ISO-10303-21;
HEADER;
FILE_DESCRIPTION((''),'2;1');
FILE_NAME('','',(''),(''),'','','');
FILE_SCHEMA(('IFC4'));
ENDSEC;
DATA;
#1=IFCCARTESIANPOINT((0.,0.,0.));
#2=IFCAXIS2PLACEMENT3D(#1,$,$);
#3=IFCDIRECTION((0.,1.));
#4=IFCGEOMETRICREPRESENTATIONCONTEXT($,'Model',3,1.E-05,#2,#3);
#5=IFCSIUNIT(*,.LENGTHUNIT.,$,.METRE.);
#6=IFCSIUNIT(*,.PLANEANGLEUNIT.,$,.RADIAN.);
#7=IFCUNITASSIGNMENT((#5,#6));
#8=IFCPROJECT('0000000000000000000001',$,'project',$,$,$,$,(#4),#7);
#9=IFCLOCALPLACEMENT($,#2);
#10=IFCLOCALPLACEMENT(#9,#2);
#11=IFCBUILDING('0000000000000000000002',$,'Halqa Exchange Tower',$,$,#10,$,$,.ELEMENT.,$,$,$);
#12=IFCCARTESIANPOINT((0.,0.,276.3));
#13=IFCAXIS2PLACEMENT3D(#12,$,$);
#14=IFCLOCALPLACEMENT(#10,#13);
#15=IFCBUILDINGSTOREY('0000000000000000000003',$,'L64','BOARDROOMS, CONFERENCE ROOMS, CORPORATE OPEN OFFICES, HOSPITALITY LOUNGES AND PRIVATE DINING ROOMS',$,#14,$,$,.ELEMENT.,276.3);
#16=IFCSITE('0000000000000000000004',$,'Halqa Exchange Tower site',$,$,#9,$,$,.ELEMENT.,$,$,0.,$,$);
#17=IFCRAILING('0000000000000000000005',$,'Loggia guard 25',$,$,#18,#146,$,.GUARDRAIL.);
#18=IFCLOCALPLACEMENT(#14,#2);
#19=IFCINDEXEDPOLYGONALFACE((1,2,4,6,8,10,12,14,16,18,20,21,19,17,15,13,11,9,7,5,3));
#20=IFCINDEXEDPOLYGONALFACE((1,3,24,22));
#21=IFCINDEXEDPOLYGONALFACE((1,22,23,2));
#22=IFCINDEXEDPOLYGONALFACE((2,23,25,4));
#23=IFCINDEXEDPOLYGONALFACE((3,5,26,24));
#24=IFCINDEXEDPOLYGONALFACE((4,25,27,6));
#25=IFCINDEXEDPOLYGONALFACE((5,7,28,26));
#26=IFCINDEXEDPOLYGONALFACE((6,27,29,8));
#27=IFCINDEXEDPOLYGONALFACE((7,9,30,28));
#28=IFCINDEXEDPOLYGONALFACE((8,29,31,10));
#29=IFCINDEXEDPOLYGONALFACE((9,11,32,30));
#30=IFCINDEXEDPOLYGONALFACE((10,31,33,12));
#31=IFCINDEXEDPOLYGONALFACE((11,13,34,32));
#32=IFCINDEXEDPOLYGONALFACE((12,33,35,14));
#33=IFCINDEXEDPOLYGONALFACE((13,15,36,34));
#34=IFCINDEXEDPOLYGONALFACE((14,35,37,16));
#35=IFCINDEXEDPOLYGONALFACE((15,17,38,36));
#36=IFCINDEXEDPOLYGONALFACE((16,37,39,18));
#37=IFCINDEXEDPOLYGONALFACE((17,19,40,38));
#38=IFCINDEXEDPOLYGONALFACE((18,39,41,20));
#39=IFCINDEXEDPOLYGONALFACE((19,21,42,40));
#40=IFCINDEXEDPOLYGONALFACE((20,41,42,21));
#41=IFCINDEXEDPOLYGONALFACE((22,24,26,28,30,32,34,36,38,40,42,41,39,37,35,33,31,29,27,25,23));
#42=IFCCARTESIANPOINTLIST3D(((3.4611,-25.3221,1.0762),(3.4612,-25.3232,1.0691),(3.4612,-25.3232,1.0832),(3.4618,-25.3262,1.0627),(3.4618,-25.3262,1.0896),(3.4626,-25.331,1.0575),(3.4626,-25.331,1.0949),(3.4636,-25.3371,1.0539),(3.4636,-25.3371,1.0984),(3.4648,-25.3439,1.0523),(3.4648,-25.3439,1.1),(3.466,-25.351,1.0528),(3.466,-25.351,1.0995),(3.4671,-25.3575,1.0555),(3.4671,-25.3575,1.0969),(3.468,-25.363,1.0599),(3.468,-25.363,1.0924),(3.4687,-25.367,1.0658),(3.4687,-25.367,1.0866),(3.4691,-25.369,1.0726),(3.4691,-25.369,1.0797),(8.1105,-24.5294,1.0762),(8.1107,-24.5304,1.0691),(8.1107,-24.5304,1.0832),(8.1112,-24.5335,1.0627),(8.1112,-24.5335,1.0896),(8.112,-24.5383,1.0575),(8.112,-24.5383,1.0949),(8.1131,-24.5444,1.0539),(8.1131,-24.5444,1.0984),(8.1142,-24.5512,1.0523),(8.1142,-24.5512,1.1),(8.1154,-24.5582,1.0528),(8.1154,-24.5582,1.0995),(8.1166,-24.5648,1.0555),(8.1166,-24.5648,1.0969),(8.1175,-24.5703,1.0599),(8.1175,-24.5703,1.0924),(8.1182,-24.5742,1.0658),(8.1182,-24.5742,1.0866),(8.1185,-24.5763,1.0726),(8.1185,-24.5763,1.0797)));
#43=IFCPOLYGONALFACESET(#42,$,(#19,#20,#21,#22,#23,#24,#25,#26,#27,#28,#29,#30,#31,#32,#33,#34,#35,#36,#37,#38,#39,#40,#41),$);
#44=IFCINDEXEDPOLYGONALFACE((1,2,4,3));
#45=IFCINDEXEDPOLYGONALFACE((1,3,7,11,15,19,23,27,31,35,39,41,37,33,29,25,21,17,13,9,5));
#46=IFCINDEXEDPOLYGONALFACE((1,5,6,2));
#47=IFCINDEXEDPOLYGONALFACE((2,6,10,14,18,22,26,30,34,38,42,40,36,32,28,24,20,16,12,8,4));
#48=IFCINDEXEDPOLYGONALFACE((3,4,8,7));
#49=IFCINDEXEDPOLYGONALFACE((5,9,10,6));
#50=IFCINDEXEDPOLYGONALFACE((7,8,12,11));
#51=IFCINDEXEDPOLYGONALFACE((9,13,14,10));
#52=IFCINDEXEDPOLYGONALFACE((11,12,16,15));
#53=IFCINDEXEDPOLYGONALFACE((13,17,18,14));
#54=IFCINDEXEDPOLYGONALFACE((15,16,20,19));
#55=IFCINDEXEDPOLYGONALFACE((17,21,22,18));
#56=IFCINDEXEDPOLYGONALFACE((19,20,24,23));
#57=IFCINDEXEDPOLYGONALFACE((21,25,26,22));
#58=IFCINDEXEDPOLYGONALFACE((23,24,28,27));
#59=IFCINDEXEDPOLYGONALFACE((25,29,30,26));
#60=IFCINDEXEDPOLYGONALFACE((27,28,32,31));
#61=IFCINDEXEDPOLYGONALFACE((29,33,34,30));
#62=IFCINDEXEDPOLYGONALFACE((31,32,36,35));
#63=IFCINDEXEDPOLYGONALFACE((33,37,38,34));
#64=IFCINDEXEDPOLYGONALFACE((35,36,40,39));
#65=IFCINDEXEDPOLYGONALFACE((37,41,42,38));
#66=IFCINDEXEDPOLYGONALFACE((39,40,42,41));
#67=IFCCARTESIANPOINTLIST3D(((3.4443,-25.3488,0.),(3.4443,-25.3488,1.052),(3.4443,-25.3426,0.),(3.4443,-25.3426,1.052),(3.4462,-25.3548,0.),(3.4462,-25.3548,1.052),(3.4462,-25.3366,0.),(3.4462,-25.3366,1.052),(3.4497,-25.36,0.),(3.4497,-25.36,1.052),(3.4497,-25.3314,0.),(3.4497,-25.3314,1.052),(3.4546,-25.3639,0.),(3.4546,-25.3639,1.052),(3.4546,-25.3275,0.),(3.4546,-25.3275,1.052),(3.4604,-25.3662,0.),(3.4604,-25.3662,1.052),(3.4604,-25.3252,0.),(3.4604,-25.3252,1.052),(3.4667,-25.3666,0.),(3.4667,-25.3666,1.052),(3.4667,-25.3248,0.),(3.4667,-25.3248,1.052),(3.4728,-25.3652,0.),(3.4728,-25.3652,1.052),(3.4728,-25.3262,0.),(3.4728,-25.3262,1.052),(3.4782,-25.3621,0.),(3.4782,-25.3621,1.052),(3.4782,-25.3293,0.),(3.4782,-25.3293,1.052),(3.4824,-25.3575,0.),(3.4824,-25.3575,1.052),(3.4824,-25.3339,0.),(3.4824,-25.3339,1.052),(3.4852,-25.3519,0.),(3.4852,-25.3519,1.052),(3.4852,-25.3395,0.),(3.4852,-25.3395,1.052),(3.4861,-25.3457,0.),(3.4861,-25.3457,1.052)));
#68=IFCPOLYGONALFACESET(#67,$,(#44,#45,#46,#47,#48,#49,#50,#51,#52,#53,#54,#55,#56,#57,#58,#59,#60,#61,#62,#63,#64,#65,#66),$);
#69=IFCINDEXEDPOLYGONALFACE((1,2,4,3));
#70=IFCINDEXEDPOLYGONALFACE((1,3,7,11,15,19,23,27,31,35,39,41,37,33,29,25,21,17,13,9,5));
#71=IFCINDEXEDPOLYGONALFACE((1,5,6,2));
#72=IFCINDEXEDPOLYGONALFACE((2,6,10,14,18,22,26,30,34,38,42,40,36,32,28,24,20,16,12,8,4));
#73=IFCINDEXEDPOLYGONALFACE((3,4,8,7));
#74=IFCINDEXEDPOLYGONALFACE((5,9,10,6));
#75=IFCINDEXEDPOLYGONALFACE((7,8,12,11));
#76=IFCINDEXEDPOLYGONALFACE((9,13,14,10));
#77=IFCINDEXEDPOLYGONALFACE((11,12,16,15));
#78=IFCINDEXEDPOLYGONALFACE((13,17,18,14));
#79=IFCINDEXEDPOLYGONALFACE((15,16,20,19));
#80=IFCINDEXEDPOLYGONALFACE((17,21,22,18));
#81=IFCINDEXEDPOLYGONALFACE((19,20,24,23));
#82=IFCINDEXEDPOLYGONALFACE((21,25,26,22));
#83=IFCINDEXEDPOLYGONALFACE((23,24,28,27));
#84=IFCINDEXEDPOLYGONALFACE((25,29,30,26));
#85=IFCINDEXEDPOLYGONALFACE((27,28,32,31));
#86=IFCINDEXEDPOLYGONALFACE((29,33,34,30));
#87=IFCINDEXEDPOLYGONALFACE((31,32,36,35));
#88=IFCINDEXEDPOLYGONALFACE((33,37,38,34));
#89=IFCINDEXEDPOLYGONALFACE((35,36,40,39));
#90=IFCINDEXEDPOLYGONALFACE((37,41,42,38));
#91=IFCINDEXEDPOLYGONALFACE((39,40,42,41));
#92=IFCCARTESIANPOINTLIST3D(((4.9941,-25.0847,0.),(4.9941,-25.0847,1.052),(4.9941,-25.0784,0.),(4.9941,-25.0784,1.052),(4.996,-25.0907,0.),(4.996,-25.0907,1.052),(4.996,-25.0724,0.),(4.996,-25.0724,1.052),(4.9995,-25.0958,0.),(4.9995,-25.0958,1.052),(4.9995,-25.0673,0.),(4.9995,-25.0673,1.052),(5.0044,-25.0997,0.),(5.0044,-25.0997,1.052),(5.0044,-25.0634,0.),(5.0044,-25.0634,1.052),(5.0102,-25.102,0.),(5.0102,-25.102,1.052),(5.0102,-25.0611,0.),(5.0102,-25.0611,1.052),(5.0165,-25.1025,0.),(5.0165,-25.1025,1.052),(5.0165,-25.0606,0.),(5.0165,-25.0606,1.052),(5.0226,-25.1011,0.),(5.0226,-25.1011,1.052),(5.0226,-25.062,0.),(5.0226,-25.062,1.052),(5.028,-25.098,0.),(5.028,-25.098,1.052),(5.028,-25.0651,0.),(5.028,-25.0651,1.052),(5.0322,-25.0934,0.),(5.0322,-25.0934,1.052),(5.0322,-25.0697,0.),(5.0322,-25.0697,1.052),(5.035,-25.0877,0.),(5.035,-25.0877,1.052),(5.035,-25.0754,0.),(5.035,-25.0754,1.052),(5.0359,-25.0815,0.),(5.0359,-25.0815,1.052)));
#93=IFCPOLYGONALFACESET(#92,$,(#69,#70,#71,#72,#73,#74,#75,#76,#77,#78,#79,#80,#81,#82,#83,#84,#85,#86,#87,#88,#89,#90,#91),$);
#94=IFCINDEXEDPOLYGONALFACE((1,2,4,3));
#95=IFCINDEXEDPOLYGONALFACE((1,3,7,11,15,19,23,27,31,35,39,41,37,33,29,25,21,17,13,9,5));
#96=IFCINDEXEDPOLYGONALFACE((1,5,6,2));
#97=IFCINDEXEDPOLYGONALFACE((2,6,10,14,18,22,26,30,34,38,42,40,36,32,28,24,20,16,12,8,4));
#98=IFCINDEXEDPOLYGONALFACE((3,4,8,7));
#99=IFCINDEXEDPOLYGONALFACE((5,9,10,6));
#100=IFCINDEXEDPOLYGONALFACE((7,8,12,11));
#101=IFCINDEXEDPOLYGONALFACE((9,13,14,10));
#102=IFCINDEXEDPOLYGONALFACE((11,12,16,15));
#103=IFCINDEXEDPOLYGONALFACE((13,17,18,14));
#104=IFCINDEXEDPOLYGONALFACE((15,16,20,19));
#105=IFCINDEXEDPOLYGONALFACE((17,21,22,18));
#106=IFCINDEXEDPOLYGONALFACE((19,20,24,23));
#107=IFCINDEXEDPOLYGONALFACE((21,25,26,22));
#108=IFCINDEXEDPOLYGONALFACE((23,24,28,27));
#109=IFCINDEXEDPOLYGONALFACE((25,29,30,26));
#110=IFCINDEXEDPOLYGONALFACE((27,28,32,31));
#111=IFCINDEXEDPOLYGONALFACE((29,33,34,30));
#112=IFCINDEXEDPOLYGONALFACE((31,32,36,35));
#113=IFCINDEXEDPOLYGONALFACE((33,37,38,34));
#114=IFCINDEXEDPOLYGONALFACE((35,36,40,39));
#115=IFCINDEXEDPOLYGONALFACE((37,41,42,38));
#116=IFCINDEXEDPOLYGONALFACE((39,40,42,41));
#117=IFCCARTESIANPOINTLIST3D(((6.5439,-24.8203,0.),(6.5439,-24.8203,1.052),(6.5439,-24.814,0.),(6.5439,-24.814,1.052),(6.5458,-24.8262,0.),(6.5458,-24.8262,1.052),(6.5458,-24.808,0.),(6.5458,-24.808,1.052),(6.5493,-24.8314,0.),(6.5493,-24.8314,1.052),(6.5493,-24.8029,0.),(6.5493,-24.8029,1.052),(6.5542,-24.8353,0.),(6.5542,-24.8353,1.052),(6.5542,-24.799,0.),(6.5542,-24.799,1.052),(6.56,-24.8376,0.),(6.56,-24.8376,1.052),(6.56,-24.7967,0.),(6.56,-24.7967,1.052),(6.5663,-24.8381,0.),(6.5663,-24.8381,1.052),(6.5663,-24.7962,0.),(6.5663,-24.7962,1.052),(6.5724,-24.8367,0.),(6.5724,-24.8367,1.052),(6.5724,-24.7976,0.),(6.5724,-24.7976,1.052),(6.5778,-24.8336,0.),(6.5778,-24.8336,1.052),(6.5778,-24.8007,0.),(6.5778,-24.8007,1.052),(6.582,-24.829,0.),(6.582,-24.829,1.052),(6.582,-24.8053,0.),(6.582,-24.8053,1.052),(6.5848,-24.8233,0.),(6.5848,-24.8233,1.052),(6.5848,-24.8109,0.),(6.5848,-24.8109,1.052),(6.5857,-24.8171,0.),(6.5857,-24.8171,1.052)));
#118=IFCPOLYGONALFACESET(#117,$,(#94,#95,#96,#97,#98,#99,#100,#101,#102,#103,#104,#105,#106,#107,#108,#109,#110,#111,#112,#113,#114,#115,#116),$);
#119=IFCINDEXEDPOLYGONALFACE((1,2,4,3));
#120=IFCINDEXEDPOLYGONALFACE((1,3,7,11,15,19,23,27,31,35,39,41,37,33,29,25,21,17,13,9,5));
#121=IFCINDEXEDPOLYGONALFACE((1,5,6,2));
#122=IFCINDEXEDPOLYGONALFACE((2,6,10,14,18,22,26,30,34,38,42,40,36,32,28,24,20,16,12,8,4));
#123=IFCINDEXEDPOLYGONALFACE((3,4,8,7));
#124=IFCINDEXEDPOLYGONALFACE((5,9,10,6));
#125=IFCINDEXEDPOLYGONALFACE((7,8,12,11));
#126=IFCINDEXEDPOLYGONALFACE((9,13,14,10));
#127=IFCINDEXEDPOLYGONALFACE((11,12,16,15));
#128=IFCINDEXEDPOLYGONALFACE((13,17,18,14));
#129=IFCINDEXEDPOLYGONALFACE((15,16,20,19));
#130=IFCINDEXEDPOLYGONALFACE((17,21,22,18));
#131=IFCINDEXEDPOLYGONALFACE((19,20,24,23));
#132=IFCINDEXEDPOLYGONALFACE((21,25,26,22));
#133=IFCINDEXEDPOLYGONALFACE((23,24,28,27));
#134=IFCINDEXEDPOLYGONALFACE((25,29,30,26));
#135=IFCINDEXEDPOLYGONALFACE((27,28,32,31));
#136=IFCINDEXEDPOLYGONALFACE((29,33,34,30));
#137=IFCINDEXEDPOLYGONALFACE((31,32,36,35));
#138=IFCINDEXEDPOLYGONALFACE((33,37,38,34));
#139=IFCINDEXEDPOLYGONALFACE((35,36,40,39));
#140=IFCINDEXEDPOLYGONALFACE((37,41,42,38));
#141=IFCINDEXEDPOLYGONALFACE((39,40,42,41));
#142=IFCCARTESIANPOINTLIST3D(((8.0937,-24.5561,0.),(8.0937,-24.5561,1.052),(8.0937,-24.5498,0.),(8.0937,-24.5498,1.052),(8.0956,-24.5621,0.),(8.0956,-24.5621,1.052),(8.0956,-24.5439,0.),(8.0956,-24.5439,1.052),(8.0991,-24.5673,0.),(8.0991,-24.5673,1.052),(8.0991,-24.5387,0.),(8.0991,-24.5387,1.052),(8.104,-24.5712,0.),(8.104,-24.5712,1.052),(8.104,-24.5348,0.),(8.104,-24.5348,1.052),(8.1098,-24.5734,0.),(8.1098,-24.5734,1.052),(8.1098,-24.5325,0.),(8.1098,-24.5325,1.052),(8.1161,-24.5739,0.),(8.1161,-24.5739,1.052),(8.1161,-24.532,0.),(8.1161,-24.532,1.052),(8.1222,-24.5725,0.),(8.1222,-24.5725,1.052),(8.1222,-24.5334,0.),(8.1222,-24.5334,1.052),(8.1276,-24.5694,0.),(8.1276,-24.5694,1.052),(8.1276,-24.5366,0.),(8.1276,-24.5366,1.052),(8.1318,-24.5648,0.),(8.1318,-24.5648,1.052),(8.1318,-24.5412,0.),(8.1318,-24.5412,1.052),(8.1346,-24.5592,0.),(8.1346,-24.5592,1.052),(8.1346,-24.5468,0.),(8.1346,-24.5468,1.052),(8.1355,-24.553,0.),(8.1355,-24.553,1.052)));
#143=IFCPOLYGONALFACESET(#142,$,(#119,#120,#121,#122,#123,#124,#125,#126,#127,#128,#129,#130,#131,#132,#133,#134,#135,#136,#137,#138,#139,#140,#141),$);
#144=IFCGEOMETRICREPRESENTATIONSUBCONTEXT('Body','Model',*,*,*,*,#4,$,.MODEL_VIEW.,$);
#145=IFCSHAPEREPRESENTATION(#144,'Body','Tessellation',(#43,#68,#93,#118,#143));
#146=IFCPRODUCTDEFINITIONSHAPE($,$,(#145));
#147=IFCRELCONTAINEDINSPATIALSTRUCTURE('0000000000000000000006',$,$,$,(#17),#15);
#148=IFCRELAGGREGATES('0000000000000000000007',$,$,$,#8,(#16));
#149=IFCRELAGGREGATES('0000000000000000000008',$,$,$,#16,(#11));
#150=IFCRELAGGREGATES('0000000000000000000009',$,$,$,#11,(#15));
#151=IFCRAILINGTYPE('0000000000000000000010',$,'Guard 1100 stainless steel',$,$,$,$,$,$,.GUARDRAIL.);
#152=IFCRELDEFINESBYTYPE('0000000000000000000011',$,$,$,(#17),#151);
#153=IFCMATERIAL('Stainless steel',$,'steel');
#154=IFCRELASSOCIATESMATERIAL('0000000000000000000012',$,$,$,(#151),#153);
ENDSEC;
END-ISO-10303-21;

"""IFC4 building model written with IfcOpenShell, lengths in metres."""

from ifc_helpers import new_model, si_unit, direction, frame, origin, origin_2d, place, context, subcontext, project, spatial, circle, extrude, material, type_object, element, save


model = new_model("IFC4")

# Units and contexts
model_context = context("Model", 3, precision=1e-05, world=origin(), true_north=direction((0.0, 1.0)))
body_context = subcontext(model_context, "Body", "Model", "MODEL_VIEW")
ifc_project = project(units=[si_unit("LENGTHUNIT", "METRE"), si_unit("PLANEANGLEUNIT", "RADIAN")], contexts=[model_context])

# Site, building, storey
site_placement = place(None, origin())
site = spatial("IfcSite", under=ifc_project, at=site_placement, Name="Halqa Exchange Tower site", CompositionType="ELEMENT", RefElevation=0.0)
building_placement = place(site_placement, origin())
building = spatial("IfcBuilding", under=site, at=building_placement, Name="Halqa Exchange Tower", CompositionType="ELEMENT")
storey_placement = place(building_placement, frame((0.0, 0.0, 276.3)))
storey = spatial("IfcBuildingStorey", under=building, at=storey_placement, Name="L64", Description="BOARDROOMS, CONFERENCE ROOMS, CORPORATE OPEN OFFICES, HOSPITALITY LOUNGES AND PRIVATE DINING ROOMS", CompositionType="ELEMENT", Elevation=276.3)

# Railing
ifc_material_1 = material(Name="Stainless steel", Category="steel")
railing_type = type_object("IfcRailingType", Name="Guard 1100 stainless steel", PredefinedType="GUARDRAIL", material=ifc_material_1)
railing_1_placement = place(storey_placement, frame((3.4651, -25.3457, 0.0)))
element("IfcRailing", 1, at=railing_1_placement, inside=storey, type_object=railing_type, Name="Loggia guard 25", PredefinedType="GUARDRAIL", context=body_context, shape_type="SweptSolid", body=[
    extrude(circle(Radius=0.0239, at=origin_2d()), frame((0.0, 0.0, 1.0762), z_axis=(0.985774, 0.168074, 0.0), x_axis=(-0.168074, 0.985774, 0.0)), (0.0, 0.0, 1.0), 4.7166),
    extrude(circle(Radius=0.021, at=origin_2d()), origin(), (0.0, 0.0, 1.0), 1.052),
    extrude(circle(Radius=0.021, at=origin_2d()), frame((1.5498, 0.2642, 0.0)), (0.0, 0.0, 1.0), 1.052),
    extrude(circle(Radius=0.021, at=origin_2d()), frame((3.0996, 0.5286, 0.0)), (0.0, 0.0, 1.0), 1.052),
    extrude(circle(Radius=0.021, at=origin_2d()), frame((4.6494, 0.7927, 0.0)), (0.0, 0.0, 1.0), 1.052),
])

save(model, "model.ifc")
